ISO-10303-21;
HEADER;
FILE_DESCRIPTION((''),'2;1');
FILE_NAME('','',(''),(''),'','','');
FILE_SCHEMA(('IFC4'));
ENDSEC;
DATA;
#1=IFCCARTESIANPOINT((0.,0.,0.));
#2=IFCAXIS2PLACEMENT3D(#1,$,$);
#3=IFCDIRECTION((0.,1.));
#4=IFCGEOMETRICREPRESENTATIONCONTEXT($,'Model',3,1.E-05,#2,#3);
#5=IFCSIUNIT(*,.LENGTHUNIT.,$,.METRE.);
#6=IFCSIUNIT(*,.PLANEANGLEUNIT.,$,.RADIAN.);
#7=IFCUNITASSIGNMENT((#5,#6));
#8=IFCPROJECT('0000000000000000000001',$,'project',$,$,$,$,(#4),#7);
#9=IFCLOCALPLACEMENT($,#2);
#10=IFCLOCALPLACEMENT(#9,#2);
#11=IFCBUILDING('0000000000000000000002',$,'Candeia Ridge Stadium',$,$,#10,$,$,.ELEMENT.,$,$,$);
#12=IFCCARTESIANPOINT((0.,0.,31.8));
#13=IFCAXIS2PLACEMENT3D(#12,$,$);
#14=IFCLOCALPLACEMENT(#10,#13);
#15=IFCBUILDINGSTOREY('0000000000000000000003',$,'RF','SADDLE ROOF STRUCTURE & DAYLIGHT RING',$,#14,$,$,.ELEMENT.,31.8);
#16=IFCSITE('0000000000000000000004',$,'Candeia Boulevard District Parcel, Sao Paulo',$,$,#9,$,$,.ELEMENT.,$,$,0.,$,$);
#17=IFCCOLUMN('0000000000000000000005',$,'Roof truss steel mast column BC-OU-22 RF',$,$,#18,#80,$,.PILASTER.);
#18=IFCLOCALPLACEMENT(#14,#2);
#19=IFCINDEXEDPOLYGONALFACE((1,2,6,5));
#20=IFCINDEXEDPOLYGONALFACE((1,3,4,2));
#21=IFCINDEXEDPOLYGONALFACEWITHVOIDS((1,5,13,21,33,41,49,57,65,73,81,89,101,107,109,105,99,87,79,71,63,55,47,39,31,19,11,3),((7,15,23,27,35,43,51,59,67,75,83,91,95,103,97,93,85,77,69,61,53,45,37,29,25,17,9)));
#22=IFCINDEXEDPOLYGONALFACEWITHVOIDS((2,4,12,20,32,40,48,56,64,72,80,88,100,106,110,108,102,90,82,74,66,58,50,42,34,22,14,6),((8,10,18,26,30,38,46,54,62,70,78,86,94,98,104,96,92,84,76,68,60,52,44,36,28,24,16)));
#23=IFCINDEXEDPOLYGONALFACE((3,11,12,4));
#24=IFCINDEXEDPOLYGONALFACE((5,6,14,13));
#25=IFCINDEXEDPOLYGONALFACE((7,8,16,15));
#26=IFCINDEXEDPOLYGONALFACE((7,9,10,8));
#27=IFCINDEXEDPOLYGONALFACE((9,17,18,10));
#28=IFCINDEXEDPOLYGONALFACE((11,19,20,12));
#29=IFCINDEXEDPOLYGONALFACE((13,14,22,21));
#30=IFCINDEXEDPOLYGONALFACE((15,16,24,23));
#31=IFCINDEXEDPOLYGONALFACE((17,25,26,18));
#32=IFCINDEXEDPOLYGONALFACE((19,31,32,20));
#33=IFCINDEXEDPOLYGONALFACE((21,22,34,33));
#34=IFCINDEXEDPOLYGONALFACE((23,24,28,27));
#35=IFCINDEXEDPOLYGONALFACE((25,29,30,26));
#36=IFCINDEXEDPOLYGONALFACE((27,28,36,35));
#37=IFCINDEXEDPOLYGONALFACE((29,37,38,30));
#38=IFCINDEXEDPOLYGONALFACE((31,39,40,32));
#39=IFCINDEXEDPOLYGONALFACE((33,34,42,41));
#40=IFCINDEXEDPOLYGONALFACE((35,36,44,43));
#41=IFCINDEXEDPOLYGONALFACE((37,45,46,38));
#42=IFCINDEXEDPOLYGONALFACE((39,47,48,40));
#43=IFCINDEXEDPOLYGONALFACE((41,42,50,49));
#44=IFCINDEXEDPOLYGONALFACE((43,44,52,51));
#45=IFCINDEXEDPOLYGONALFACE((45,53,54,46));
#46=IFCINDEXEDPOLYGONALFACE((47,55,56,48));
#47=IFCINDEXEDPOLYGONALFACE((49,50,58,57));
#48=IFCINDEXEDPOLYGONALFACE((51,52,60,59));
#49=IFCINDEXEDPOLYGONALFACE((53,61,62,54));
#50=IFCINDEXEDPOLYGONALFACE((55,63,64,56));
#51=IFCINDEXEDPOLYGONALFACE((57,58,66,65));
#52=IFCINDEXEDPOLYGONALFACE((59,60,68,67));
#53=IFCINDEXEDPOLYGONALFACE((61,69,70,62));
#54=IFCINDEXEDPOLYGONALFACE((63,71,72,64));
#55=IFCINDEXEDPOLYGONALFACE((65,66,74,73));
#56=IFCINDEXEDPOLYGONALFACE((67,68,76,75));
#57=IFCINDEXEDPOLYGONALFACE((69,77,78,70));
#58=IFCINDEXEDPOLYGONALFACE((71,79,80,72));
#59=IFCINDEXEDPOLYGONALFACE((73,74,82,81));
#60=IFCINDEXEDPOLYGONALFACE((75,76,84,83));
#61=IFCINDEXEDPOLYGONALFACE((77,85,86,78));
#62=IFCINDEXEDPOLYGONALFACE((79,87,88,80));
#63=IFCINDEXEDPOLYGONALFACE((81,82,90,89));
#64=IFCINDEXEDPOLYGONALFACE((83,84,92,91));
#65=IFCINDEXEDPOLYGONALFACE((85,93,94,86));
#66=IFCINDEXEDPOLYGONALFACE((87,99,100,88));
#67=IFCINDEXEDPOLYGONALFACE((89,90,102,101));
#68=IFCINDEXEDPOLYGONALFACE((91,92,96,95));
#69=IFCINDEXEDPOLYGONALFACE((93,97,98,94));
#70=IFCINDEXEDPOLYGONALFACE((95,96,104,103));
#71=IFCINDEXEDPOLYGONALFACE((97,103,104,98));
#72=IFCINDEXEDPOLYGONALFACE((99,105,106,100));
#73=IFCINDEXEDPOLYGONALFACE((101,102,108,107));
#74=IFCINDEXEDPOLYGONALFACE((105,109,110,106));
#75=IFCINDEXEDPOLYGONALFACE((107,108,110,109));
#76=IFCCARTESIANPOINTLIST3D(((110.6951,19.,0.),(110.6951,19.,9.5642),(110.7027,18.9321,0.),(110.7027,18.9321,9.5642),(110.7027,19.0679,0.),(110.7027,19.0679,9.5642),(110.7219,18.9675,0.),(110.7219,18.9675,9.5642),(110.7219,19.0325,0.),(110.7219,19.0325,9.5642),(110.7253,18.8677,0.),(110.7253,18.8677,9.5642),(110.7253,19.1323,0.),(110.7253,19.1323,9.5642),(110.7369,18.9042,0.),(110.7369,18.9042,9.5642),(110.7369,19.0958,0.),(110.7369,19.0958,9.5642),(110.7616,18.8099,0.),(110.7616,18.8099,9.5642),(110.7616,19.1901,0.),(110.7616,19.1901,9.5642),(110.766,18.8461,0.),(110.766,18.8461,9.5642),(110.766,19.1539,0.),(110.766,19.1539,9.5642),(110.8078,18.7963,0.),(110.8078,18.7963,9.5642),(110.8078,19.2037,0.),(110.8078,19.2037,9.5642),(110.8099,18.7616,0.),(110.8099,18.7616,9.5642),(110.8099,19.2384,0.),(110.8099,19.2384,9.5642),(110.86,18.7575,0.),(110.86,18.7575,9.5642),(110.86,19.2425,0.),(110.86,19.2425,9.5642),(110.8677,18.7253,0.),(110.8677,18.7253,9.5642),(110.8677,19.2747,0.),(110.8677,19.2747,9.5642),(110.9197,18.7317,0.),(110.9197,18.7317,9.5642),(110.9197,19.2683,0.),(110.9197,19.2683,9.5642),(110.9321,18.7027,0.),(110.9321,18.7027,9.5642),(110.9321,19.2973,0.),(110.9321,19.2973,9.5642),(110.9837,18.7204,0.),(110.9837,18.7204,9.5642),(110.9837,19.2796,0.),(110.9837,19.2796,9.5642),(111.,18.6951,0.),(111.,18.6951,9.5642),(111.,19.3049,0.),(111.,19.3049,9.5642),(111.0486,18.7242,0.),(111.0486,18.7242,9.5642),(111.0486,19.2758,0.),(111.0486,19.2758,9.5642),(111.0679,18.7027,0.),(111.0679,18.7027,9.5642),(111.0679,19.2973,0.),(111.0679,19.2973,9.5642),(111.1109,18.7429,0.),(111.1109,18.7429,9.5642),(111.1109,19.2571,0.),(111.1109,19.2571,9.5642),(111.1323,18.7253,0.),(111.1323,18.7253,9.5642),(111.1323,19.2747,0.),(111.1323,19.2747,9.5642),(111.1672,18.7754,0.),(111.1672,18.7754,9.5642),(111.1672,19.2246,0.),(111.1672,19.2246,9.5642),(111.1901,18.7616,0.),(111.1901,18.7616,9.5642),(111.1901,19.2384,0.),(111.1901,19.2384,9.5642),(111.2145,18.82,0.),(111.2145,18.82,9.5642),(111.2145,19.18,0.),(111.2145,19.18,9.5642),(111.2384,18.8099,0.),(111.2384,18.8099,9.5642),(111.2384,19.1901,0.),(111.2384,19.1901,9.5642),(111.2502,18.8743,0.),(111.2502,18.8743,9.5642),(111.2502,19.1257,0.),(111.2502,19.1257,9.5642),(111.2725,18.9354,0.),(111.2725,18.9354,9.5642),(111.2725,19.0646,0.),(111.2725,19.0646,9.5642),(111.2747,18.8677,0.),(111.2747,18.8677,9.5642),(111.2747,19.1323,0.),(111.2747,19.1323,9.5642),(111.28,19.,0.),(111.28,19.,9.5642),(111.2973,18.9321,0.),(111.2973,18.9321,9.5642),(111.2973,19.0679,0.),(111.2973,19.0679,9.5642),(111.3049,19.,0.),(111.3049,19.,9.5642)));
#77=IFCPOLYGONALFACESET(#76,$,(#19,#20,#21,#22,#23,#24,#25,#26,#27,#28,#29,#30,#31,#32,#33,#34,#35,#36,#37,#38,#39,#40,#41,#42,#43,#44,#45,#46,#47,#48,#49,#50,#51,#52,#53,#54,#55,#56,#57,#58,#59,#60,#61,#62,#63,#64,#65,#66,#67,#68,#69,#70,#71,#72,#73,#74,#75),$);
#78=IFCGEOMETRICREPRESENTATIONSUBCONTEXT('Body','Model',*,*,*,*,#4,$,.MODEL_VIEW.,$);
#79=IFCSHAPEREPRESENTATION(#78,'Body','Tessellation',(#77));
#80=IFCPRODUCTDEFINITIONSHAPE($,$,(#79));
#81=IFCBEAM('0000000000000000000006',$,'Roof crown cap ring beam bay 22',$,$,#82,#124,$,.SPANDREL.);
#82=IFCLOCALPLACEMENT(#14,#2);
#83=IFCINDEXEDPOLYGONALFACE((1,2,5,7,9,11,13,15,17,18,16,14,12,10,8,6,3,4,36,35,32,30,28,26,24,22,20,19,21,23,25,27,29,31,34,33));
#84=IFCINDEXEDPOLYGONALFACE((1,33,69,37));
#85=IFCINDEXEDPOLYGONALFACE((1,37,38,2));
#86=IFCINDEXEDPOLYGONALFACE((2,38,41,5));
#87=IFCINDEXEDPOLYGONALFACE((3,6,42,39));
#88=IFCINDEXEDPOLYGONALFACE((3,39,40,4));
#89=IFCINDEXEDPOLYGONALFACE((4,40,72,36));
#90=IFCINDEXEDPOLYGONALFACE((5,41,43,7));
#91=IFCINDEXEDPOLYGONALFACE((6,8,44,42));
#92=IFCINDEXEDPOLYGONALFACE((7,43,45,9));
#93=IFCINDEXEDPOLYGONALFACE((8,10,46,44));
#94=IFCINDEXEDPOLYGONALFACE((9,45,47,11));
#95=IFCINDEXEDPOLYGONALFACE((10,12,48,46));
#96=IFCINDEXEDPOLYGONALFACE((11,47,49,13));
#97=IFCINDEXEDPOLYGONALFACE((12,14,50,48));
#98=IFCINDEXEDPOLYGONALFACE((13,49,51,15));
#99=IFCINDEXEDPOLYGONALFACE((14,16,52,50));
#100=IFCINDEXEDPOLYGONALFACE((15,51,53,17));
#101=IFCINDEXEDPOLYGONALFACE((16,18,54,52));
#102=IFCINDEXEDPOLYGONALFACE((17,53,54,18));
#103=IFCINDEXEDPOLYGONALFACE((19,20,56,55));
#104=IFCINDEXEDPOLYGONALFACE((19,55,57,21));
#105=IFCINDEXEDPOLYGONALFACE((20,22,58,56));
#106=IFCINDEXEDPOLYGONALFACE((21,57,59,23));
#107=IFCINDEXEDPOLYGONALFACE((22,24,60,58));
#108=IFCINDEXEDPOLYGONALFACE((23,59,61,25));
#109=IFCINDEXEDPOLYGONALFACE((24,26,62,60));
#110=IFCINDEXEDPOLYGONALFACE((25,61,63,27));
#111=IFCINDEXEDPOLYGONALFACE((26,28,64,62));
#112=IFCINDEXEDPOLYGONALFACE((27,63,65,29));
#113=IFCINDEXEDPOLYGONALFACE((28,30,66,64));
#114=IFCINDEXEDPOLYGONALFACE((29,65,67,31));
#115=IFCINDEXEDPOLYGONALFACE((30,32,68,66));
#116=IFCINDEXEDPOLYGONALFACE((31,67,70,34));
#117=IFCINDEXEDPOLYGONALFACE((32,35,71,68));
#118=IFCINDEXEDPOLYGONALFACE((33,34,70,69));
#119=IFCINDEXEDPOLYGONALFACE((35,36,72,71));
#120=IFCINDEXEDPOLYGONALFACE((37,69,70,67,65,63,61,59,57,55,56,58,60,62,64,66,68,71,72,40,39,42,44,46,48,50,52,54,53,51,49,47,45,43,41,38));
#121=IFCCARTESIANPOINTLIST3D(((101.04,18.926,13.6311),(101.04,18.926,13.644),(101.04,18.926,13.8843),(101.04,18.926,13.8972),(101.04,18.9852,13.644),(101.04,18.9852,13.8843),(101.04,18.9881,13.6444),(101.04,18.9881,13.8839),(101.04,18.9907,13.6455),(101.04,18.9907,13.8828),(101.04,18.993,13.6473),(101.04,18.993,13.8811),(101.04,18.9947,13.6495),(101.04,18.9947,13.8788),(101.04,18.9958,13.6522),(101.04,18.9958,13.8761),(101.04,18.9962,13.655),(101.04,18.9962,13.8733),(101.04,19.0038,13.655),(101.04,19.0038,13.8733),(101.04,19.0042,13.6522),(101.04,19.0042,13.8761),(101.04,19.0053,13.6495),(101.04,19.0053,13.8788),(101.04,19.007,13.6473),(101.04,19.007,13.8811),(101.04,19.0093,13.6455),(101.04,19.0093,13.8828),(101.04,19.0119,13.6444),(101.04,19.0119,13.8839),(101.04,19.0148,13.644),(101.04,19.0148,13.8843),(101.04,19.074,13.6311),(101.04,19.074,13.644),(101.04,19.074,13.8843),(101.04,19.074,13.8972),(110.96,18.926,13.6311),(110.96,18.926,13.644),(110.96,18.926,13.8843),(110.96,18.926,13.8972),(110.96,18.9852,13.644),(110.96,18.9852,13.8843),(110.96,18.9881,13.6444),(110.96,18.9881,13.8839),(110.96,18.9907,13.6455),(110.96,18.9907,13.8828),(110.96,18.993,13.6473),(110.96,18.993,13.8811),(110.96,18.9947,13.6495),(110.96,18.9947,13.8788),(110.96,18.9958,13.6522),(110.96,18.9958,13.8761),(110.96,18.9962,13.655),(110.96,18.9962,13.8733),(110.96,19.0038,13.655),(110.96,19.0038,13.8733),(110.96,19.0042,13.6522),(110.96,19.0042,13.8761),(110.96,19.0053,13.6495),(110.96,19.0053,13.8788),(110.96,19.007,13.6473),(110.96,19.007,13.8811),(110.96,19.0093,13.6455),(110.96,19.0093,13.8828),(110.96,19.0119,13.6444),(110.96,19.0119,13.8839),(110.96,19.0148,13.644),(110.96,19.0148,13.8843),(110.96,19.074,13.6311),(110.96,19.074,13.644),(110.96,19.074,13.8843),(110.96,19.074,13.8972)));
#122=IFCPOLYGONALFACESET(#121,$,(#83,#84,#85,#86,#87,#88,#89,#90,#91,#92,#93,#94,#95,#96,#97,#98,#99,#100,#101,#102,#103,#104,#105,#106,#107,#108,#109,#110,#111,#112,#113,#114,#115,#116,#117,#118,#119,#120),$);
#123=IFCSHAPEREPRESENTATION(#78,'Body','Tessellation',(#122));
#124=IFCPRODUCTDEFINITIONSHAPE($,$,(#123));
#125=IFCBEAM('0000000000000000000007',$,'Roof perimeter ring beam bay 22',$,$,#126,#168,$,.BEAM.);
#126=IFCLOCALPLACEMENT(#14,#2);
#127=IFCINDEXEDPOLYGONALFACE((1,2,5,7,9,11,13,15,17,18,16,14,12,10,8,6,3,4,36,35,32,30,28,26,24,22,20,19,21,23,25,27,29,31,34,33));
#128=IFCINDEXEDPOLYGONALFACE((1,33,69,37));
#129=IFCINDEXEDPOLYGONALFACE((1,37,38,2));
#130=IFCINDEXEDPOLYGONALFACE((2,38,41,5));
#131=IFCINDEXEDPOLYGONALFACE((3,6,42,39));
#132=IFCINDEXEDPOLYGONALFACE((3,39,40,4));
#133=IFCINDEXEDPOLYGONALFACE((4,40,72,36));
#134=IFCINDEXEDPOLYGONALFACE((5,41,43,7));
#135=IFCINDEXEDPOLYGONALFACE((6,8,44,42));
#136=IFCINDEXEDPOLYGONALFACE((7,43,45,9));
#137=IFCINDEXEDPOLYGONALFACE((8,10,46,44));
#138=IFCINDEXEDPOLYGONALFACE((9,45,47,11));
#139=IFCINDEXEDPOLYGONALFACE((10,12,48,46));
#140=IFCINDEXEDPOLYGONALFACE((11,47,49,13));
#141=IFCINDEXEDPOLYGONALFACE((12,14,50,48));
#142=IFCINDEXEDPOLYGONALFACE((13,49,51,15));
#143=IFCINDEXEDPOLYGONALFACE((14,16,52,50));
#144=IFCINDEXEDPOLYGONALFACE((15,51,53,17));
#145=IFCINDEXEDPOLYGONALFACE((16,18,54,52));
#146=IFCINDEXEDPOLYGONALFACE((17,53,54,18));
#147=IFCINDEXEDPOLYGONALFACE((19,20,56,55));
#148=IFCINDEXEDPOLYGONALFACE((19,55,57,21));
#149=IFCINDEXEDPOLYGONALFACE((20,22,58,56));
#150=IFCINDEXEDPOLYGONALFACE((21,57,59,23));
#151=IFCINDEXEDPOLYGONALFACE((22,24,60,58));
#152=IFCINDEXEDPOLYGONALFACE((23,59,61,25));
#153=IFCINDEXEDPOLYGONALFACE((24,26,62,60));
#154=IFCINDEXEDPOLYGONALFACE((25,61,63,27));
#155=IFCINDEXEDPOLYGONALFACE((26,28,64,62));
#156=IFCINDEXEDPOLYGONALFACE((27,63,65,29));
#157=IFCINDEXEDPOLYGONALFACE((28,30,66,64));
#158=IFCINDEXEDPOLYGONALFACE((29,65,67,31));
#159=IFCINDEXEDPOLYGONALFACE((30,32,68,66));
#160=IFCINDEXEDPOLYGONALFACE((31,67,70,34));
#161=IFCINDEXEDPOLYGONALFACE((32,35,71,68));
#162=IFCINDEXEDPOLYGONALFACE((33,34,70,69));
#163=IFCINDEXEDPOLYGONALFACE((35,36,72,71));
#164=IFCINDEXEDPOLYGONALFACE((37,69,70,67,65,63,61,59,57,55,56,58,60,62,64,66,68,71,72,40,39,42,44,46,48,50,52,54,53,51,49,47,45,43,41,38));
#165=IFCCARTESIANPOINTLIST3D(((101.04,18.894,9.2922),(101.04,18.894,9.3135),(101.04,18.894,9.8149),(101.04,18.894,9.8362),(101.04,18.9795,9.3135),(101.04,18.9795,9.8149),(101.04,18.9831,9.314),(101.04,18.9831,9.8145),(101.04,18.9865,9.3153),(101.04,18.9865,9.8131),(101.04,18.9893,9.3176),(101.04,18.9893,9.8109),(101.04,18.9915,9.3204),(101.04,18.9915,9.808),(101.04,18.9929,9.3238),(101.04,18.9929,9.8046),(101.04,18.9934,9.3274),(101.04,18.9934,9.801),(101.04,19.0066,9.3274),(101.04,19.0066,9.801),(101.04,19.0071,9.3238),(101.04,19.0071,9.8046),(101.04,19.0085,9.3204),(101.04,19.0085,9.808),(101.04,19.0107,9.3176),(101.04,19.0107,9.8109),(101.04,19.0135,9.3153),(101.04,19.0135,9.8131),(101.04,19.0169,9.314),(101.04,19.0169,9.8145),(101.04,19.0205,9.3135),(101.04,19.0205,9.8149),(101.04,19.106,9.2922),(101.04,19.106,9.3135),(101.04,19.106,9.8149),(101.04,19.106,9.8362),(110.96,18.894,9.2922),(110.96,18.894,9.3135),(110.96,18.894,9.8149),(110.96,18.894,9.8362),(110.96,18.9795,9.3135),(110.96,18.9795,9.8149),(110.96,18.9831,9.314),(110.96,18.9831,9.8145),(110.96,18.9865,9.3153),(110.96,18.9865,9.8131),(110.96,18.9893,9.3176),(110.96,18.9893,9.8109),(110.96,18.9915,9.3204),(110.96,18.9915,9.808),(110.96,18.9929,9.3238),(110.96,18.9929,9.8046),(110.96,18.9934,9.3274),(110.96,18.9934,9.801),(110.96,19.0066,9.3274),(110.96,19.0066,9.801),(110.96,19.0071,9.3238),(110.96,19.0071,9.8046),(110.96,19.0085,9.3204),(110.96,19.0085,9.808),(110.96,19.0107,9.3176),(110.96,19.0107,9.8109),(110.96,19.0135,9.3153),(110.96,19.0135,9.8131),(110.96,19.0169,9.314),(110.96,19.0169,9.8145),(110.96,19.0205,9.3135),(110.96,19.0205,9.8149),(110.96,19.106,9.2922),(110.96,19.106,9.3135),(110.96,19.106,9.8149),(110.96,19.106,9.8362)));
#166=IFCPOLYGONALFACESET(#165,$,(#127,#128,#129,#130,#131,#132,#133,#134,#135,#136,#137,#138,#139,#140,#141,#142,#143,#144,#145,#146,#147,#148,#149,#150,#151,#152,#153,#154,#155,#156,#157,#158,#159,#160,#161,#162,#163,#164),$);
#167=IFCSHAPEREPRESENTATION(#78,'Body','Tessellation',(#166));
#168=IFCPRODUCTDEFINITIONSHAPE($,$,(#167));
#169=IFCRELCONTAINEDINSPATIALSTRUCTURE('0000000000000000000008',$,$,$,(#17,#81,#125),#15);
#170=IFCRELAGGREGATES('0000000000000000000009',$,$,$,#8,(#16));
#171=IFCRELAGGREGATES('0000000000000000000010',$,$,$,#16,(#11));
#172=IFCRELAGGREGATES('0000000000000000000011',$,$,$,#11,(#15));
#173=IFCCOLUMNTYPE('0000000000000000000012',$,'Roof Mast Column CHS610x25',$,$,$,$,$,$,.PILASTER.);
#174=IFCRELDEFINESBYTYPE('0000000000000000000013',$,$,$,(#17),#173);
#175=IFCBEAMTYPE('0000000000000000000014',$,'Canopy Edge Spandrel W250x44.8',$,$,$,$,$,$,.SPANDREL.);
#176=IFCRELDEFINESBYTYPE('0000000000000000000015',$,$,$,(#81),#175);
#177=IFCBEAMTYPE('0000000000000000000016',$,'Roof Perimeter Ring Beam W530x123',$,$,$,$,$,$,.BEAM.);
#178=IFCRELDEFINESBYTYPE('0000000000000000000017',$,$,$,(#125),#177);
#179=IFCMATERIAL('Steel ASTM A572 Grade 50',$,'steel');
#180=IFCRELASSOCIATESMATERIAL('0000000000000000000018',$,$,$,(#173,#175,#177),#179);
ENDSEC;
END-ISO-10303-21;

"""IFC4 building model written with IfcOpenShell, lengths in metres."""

from ifc_helpers import new_model, si_unit, direction, frame, origin, origin_2d, place, context, subcontext, project, spatial, hollow_circle, i_section, extrude, material, material_profile, profile_set, type_object, element, save


model = new_model("IFC4")

# Units and contexts
model_context = context("Model", 3, precision=1e-05, world=origin(), true_north=direction((0.0, 1.0)))
body_context = subcontext(model_context, "Body", "Model", "MODEL_VIEW")
ifc_project = project(units=[si_unit("LENGTHUNIT", "METRE"), si_unit("PLANEANGLEUNIT", "RADIAN")], contexts=[model_context])

# Site, building, storey
site_placement = place(None, origin())
site = spatial("IfcSite", under=ifc_project, at=site_placement, Name="Candeia Boulevard District Parcel, Sao Paulo", CompositionType="ELEMENT", RefElevation=0.0)
building_placement = place(site_placement, origin())
building = spatial("IfcBuilding", under=site, at=building_placement, Name="Candeia Ridge Stadium", CompositionType="ELEMENT")
storey_placement = place(building_placement, frame((0.0, 0.0, 31.8)))
storey = spatial("IfcBuildingStorey", under=building, at=storey_placement, Name="RF", Description="SADDLE ROOF STRUCTURE & DAYLIGHT RING", CompositionType="ELEMENT", Elevation=31.8)

# Column
ifc_material_1 = material(Name="Steel ASTM A572 Grade 50", Category="steel")
ifc_material_profile_1 = material_profile(ifc_material_1, hollow_circle(Radius=0.3049, WallThickness=0.0249, at=origin_2d()), Name="CHS610x25", Category="steel")
ifc_profile_set_1 = profile_set([ifc_material_profile_1], Name="Steel ASTM A572 Grade 50")
column_type = type_object("IfcColumnType", Name="Roof Mast Column CHS610x25", PredefinedType="PILASTER", material=ifc_profile_set_1)
column_placement = place(storey_placement, frame((111.0, 19.0, 0.0), z_axis=(0.0, 0.0, 1.0), x_axis=(1.0, 0.0, 0.0)))
element("IfcColumn", 1, at=column_placement, inside=storey, type_object=column_type, Name="Roof truss steel mast column BC-OU-22 RF", PredefinedType="PILASTER", context=body_context, shape_type="SweptSolid", body=[
    extrude(hollow_circle(Radius=0.3049, WallThickness=0.0249, at=origin_2d()), origin(), (0.0, 0.0, 1.0), 9.5642),
])

# Beams
ifc_material_profile_2 = material_profile(ifc_material_1, i_section(OverallWidth=0.1479, OverallDepth=0.2661, WebThickness=0.0076, FlangeThickness=0.0129, FilletRadius=0.011, at=origin_2d()), Name="W250x44.8", Category="steel")
ifc_profile_set_2 = profile_set([ifc_material_profile_2], Name="Steel ASTM A572 Grade 50")
beam_type_1 = type_object("IfcBeamType", Name="Canopy Edge Spandrel W250x44.8", PredefinedType="SPANDREL", material=ifc_profile_set_2)
beam_1_placement = place(storey_placement, frame((101.04, 19.0, 13.7642), z_axis=(1.0, 0.0, 0.0), x_axis=(0.0, 1.0, 0.0)))
element("IfcBeam", 2, at=beam_1_placement, inside=storey, type_object=beam_type_1, Name="Roof crown cap ring beam bay 22", PredefinedType="SPANDREL", context=body_context, shape_type="SweptSolid", body=[
    extrude(i_section(OverallWidth=0.1479, OverallDepth=0.2661, WebThickness=0.0076, FlangeThickness=0.0129, FilletRadius=0.011, at=origin_2d()), origin(), (0.0, 0.0, 1.0), 9.9199),
])
ifc_material_profile_3 = material_profile(ifc_material_1, i_section(OverallWidth=0.2119, OverallDepth=0.5439, WebThickness=0.0132, FlangeThickness=0.0212, FilletRadius=0.0139, at=origin_2d()), Name="W530x123", Category="steel")
ifc_profile_set_3 = profile_set([ifc_material_profile_3], Name="Steel ASTM A572 Grade 50")
beam_type_2 = type_object("IfcBeamType", Name="Roof Perimeter Ring Beam W530x123", PredefinedType="BEAM", material=ifc_profile_set_3)
beam_2_placement = place(storey_placement, frame((101.04, 19.0, 9.5642), z_axis=(1.0, 0.0, 0.0), x_axis=(0.0, 1.0, 0.0)))
element("IfcBeam", 3, at=beam_2_placement, inside=storey, type_object=beam_type_2, Name="Roof perimeter ring beam bay 22", PredefinedType="BEAM", context=body_context, shape_type="SweptSolid", body=[
    extrude(i_section(OverallWidth=0.2119, OverallDepth=0.5439, WebThickness=0.0132, FlangeThickness=0.0212, FilletRadius=0.0139, at=origin_2d()), origin(), (0.0, 0.0, 1.0), 9.9199),
])

save(model, "model.ifc")
